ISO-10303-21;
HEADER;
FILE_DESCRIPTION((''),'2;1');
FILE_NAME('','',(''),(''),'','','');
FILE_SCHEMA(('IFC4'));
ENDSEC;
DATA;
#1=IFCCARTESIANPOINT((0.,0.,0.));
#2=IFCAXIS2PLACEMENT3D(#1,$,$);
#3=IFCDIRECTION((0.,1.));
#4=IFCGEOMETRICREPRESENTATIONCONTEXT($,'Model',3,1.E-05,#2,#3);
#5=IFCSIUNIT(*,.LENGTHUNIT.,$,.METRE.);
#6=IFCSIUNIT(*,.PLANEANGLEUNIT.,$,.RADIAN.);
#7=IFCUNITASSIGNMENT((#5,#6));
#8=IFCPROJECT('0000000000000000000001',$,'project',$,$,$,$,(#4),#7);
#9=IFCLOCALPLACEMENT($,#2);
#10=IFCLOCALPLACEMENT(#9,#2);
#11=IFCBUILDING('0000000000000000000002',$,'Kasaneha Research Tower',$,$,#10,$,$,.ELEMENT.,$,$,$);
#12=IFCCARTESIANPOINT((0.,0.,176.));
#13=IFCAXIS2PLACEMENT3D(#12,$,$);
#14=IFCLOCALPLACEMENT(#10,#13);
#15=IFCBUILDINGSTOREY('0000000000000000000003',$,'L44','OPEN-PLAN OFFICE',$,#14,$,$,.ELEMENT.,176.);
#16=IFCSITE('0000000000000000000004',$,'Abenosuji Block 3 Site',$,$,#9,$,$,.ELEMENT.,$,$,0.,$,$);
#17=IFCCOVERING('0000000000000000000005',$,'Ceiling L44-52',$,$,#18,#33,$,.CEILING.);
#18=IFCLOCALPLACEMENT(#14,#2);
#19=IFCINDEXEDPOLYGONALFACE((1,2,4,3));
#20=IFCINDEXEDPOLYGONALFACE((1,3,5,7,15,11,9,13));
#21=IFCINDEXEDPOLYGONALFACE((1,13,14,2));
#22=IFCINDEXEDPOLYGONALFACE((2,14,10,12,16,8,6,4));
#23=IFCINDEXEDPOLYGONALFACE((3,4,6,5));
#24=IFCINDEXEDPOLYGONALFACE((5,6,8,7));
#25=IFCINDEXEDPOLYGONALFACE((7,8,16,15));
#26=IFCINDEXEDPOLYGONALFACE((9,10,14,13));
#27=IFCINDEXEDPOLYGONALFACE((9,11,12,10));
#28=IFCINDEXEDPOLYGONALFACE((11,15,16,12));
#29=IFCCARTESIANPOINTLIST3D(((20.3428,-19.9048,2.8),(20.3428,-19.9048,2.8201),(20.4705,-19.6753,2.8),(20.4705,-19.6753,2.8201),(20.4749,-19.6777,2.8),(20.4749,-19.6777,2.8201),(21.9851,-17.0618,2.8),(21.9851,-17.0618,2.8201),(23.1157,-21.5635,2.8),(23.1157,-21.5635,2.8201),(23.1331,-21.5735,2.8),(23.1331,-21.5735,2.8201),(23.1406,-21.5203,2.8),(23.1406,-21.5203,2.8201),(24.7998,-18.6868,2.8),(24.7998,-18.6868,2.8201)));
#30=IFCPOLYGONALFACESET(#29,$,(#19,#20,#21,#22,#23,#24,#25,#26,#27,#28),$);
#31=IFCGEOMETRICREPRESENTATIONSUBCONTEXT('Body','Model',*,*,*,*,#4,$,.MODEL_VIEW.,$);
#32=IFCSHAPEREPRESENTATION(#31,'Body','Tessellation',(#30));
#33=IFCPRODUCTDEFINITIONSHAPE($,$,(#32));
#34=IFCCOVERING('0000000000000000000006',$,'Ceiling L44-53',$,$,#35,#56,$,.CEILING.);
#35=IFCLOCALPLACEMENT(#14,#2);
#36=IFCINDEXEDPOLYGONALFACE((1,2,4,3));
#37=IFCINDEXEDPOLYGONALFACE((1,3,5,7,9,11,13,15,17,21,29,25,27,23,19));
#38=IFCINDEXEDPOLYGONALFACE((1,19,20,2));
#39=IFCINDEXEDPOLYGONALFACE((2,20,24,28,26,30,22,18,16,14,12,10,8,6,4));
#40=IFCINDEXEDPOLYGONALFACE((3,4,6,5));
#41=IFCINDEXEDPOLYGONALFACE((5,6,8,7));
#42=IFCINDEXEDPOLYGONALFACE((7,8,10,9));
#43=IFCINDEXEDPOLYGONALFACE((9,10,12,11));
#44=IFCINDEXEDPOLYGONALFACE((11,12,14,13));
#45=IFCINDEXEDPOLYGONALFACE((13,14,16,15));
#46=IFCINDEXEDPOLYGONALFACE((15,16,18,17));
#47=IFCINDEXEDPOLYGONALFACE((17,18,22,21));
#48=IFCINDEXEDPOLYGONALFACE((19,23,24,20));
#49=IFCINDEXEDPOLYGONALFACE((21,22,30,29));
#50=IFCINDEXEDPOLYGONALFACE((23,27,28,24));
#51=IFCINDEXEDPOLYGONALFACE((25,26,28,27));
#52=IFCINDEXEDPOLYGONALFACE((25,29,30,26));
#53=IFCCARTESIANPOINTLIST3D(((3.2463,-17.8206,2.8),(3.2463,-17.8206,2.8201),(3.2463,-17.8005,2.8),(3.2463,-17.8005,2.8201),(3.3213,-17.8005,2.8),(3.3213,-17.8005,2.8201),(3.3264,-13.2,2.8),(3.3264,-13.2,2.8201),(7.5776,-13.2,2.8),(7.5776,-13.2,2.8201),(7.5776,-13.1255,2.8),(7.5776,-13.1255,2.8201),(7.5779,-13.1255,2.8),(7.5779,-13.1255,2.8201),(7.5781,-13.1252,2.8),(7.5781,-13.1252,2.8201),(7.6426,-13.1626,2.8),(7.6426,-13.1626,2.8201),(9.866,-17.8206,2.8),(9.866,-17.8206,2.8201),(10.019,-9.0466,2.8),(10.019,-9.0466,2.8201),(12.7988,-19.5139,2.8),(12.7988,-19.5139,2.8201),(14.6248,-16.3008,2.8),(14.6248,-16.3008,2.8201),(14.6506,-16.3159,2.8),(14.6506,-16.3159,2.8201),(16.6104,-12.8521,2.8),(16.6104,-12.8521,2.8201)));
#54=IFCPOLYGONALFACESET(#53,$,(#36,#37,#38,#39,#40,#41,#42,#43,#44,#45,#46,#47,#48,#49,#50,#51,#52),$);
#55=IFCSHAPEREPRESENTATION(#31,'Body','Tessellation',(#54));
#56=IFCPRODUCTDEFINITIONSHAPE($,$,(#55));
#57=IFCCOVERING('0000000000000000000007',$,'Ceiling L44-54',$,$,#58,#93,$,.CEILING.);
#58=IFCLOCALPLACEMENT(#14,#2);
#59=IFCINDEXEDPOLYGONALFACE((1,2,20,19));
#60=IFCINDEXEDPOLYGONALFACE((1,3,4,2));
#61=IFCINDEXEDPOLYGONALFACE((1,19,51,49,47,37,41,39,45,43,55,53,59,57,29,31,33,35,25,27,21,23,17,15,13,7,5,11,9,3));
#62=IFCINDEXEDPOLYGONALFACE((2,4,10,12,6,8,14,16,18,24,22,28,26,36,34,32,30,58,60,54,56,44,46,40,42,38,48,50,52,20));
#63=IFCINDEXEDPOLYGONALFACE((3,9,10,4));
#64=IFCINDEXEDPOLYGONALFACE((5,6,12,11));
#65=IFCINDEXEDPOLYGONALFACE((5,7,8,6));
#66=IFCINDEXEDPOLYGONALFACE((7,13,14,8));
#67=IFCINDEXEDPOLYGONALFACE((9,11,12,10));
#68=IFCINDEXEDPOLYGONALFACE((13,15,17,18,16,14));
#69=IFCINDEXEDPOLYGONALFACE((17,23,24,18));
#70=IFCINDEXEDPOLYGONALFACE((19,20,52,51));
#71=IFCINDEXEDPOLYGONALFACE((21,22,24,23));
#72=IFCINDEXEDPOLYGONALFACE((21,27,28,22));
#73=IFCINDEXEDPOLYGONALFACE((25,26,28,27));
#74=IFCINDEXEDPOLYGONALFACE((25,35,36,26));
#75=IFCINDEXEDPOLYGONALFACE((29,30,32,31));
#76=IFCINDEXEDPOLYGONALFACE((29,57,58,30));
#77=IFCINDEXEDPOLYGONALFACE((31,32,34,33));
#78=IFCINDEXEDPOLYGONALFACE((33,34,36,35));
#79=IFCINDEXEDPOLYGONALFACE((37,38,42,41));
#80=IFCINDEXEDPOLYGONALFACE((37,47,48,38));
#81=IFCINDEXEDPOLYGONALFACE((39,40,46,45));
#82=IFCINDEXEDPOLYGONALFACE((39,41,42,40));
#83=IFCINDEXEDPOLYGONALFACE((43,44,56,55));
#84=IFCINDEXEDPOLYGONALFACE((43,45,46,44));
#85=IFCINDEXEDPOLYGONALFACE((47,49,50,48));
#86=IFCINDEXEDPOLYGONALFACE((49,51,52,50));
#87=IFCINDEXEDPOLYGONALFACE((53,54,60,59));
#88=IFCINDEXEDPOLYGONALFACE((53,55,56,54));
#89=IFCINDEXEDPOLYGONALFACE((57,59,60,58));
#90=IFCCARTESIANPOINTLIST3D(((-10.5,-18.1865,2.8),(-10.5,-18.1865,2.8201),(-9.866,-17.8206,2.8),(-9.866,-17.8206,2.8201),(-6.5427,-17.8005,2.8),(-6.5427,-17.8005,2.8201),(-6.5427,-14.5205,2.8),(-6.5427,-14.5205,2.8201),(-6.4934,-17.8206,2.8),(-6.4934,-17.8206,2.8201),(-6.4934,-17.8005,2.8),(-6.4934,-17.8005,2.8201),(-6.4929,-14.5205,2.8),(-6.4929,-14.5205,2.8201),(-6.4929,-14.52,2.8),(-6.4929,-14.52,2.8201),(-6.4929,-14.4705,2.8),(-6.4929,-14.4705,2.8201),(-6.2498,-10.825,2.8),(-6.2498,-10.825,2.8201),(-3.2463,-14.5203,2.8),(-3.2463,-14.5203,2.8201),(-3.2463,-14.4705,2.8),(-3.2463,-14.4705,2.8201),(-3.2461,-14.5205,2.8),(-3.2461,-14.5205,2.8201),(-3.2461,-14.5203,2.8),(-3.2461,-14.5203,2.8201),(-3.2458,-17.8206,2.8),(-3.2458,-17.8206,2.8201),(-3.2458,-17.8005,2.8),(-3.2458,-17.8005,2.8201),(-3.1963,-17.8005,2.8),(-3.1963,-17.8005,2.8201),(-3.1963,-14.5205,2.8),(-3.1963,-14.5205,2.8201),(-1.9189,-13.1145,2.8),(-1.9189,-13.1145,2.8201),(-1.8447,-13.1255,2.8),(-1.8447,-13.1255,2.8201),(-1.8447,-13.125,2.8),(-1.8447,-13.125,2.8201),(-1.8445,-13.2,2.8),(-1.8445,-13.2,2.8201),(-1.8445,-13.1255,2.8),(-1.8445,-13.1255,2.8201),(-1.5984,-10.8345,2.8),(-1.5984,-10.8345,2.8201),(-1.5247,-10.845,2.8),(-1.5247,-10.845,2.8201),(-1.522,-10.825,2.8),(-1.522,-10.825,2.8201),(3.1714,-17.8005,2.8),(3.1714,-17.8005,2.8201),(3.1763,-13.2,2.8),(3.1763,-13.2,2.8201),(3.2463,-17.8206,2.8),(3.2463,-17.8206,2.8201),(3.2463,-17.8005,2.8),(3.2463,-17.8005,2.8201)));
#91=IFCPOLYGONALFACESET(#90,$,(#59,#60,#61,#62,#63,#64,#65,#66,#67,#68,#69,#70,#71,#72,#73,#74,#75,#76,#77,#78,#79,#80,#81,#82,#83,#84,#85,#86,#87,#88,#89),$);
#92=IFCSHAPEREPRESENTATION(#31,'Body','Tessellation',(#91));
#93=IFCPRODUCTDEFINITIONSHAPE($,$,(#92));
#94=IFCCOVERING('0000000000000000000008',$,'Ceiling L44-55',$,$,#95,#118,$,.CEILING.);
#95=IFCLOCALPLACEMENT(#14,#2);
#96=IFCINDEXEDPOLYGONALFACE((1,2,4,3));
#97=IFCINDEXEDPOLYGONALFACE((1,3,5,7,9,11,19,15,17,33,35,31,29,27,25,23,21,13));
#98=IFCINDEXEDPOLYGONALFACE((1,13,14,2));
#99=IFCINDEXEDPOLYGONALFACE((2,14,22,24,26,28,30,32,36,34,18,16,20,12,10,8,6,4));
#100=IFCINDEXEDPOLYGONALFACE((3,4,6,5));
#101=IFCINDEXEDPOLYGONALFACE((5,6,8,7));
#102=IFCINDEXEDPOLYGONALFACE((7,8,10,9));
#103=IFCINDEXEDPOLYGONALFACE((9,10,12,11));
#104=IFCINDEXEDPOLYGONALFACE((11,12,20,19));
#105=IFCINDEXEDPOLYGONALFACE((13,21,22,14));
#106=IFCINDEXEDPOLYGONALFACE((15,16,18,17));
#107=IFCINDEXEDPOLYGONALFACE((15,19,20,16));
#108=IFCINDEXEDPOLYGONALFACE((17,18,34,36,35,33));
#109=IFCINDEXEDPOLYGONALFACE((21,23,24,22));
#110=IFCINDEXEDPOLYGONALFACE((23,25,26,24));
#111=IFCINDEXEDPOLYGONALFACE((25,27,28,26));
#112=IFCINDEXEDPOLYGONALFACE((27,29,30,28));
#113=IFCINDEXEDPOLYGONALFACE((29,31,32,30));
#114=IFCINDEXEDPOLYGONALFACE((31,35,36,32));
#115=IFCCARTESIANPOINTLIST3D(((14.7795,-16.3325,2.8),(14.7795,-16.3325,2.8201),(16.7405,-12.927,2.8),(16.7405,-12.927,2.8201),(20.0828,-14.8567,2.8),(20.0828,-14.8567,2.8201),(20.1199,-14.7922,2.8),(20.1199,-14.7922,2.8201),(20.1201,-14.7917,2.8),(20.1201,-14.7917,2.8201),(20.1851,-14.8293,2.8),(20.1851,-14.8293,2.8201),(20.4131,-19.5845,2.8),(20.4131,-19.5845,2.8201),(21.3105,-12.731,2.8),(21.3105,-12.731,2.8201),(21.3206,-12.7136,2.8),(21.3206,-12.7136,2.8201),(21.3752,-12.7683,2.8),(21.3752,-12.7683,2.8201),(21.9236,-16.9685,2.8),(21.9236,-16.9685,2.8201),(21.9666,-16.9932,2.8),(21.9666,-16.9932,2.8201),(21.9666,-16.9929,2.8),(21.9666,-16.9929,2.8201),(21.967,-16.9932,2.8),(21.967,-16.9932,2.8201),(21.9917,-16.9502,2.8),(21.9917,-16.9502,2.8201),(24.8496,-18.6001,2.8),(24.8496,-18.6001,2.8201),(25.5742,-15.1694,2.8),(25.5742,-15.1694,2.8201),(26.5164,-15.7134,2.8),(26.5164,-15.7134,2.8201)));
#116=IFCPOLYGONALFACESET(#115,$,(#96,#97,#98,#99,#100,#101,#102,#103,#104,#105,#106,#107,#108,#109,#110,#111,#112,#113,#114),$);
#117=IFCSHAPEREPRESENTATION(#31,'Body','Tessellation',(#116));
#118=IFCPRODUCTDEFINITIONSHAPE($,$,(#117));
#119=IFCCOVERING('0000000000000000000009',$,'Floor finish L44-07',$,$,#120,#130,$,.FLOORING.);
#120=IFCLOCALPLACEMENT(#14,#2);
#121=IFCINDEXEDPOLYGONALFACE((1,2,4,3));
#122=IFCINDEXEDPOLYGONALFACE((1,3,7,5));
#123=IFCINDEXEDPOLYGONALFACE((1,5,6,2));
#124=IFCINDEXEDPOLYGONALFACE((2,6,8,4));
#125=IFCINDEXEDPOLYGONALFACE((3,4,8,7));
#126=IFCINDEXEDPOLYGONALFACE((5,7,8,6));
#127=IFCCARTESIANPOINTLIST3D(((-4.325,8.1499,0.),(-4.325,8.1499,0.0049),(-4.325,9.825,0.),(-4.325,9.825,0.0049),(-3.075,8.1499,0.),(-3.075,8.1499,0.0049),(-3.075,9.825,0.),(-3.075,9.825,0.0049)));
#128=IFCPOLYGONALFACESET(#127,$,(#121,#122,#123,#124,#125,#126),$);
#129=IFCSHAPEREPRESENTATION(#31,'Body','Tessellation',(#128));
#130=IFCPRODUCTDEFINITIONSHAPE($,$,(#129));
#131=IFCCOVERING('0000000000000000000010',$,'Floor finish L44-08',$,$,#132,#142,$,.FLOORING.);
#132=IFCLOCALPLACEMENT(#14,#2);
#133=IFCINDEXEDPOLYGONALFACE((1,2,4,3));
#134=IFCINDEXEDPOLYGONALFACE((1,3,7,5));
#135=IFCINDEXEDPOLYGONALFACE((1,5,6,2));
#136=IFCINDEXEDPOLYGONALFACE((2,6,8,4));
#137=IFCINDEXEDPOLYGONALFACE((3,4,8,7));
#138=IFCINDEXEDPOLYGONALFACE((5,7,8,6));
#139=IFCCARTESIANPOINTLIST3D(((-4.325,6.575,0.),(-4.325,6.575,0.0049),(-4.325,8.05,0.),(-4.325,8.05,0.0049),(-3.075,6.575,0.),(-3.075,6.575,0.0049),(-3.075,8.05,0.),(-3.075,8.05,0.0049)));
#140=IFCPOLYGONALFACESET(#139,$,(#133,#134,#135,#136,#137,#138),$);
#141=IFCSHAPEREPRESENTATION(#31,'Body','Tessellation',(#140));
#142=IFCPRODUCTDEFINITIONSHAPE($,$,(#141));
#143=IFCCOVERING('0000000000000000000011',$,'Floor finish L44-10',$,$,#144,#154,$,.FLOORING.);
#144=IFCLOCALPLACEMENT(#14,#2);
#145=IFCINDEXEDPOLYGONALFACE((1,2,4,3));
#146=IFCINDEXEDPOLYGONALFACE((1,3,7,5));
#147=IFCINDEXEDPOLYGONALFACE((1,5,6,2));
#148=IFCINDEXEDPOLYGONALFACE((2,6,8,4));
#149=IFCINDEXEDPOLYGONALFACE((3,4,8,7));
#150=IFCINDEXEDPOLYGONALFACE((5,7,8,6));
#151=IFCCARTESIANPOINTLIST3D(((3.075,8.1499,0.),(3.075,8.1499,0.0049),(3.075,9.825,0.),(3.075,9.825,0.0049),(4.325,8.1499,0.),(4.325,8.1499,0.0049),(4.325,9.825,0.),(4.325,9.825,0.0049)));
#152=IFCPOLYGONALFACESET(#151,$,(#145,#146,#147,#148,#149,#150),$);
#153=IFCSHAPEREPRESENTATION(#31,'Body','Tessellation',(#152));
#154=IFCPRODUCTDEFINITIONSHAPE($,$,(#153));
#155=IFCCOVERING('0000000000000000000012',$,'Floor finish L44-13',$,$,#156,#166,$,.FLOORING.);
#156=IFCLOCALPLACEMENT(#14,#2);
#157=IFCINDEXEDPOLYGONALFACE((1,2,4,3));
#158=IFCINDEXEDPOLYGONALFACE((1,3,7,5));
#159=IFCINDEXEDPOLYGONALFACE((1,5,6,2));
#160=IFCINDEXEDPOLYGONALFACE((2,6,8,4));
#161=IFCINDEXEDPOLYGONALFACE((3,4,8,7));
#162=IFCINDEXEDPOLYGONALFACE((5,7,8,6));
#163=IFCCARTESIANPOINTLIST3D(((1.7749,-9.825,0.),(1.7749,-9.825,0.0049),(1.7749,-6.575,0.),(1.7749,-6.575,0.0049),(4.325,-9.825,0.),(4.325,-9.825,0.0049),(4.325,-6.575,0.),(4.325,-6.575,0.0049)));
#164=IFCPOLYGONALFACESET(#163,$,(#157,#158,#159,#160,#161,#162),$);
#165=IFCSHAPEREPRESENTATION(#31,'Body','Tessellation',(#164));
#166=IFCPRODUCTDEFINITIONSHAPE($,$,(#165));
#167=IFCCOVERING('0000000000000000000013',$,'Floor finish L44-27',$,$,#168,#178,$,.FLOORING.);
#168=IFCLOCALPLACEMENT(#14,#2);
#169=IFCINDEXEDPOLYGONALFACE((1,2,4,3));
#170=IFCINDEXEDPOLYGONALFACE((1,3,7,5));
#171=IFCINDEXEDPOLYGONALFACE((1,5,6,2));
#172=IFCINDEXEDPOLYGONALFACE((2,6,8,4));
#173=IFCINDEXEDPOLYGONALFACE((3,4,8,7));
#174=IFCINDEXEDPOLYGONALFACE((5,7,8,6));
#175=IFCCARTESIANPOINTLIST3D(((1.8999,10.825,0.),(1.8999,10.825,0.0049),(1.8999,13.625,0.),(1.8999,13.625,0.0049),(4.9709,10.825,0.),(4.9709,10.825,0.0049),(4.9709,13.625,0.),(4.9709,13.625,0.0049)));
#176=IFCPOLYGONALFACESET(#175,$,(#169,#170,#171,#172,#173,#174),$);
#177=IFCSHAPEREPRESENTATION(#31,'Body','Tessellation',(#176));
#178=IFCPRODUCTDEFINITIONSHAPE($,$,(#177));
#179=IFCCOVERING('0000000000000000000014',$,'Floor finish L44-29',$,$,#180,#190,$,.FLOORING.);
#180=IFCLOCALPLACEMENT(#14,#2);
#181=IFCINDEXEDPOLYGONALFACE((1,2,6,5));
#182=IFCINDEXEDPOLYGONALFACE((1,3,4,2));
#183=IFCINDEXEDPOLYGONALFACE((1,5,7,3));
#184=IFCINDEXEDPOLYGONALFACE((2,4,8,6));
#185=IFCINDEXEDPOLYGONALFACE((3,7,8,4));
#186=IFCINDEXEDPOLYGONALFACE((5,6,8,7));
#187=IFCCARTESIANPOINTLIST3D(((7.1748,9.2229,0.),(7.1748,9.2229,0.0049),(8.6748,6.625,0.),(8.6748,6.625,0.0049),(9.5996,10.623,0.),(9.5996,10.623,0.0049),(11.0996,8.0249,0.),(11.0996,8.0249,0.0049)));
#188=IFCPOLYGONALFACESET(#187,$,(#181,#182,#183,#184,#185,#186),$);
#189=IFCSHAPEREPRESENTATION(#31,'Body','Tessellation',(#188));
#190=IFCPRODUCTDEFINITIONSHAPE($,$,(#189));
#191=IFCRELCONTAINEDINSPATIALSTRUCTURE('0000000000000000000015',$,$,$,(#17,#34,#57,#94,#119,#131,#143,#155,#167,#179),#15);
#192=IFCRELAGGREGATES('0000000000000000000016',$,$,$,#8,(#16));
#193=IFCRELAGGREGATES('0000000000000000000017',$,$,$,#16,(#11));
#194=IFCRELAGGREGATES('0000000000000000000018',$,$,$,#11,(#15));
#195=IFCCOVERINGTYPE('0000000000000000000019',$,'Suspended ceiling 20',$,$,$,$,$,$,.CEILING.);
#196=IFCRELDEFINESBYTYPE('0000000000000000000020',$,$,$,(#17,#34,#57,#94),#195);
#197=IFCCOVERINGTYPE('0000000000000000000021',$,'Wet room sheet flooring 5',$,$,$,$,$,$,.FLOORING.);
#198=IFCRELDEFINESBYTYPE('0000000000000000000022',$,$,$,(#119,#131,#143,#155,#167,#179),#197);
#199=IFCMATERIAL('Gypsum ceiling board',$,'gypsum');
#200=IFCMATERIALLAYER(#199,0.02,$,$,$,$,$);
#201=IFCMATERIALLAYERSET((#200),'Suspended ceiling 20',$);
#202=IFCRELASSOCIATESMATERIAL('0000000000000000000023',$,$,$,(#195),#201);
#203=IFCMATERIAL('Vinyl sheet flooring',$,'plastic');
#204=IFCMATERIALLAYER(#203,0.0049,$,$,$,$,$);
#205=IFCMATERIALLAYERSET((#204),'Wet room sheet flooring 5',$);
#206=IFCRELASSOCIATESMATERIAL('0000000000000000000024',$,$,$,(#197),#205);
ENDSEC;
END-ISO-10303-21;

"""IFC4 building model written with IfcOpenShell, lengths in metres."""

from ifc_helpers import new_model, si_unit, direction, frame, origin, place, context, subcontext, project, spatial, polyline, outline, extrude, material, layer, layer_set, type_object, element, save


model = new_model("IFC4")

# Units and contexts
model_context = context("Model", 3, precision=1e-05, world=origin(), true_north=direction((0.0, 1.0)))
body_context = subcontext(model_context, "Body", "Model", "MODEL_VIEW")
ifc_project = project(units=[si_unit("LENGTHUNIT", "METRE"), si_unit("PLANEANGLEUNIT", "RADIAN")], contexts=[model_context])

# Site, building, storey
site_placement = place(None, origin())
site = spatial("IfcSite", under=ifc_project, at=site_placement, Name="Abenosuji Block 3 Site", CompositionType="ELEMENT", RefElevation=0.0)
building_placement = place(site_placement, origin())
building = spatial("IfcBuilding", under=site, at=building_placement, Name="Kasaneha Research Tower", CompositionType="ELEMENT")
storey_placement = place(building_placement, frame((0.0, 0.0, 176.0)))
storey = spatial("IfcBuildingStorey", under=building, at=storey_placement, Name="L44", Description="OPEN-PLAN OFFICE", CompositionType="ELEMENT", Elevation=176.0)

# Coverings
ifc_material_1 = material(Name="Gypsum ceiling board", Category="gypsum")
ifc_layer_1 = layer(ifc_material_1, 0.02)
ifc_layer_set_1 = layer_set([ifc_layer_1], Name="Suspended ceiling 20")
covering_type_1 = type_object("IfcCoveringType", Name="Suspended ceiling 20", PredefinedType="CEILING", material=ifc_layer_set_1)
covering_1_placement = place(storey_placement, frame((0.0, 0.0, 2.8)))
element("IfcCovering", 1, at=covering_1_placement, inside=storey, type_object=covering_type_1, Name="Ceiling L44-52", PredefinedType="CEILING", context=body_context, shape_type="SweptSolid", body=[
    extrude(outline(polyline([(23.1331, -21.5735), (23.1157, -21.5635), (23.1406, -21.5203), (20.3428, -19.9048), (20.4705, -19.6753), (20.4749, -19.6777), (21.9851, -17.0618), (24.7998, -18.6868), (23.1331, -21.5735)])), origin(), (0.0, 0.0, 1.0), 0.02),
])
covering_2_placement = place(storey_placement, frame((0.0, 0.0, 2.8)))
element("IfcCovering", 2, at=covering_2_placement, inside=storey, type_object=covering_type_1, Name="Ceiling L44-53", PredefinedType="CEILING", context=body_context, shape_type="SweptSolid", body=[
    extrude(outline(polyline([(7.5781, -13.1252), (7.6426, -13.1626), (10.019, -9.0466), (16.6104, -12.8521), (14.6248, -16.3008), (14.6506, -16.3159), (12.7988, -19.5139), (9.866, -17.8206), (3.2463, -17.8206), (3.2463, -17.8005), (3.3213, -17.8005), (3.3264, -13.2), (7.5776, -13.2), (7.5776, -13.1255), (7.5779, -13.1255), (7.5781, -13.1252)])), origin(), (0.0, 0.0, 1.0), 0.02),
])
covering_3_placement = place(storey_placement, frame((0.0, 0.0, 2.8)))
element("IfcCovering", 3, at=covering_3_placement, inside=storey, type_object=covering_type_1, Name="Ceiling L44-54", PredefinedType="CEILING", context=body_context, shape_type="SweptSolid", body=[
    extrude(outline(polyline([(-3.2463, -14.5203), (-3.2463, -14.4705), (-6.4929, -14.4705), (-6.4929, -14.52), (-6.4929, -14.52), (-6.4929, -14.5205), (-6.5427, -14.5205), (-6.5427, -17.8005), (-6.4934, -17.8005), (-6.4934, -17.8206), (-9.866, -17.8206), (-10.5, -18.1865), (-6.2498, -10.825), (-1.522, -10.825), (-1.5247, -10.845), (-1.5984, -10.8345), (-1.9189, -13.1145), (-1.8447, -13.125), (-1.8447, -13.1255), (-1.8445, -13.1255), (-1.8445, -13.2), (3.1763, -13.2), (3.1714, -17.8005), (3.2463, -17.8005), (3.2463, -17.8206), (-3.2458, -17.8206), (-3.2458, -17.8005), (-3.1963, -17.8005), (-3.1963, -14.5205), (-3.2461, -14.5205), (-3.2461, -14.5203), (-3.2463, -14.5203)])), origin(), (0.0, 0.0, 1.0), 0.02),
])
covering_4_placement = place(storey_placement, frame((0.0, 0.0, 2.8)))
element("IfcCovering", 4, at=covering_4_placement, inside=storey, type_object=covering_type_1, Name="Ceiling L44-55", PredefinedType="CEILING", context=body_context, shape_type="SweptSolid", body=[
    extrude(outline(polyline([(25.5742, -15.1694), (26.5164, -15.7134), (24.8496, -18.6001), (21.9917, -16.9502), (21.967, -16.9932), (21.9666, -16.9929), (21.9666, -16.9932), (21.9236, -16.9685), (20.4131, -19.5845), (14.7795, -16.3325), (16.7405, -12.927), (20.0828, -14.8567), (20.1199, -14.7922), (20.1199, -14.7922), (20.1201, -14.7917), (20.1851, -14.8293), (21.3752, -12.7683), (21.3105, -12.731), (21.3206, -12.7136), (25.5742, -15.1694)])), origin(), (0.0, 0.0, 1.0), 0.02),
])
ifc_material_2 = material(Name="Vinyl sheet flooring", Category="plastic")
ifc_layer_2 = layer(ifc_material_2, 0.0049)
ifc_layer_set_2 = layer_set([ifc_layer_2], Name="Wet room sheet flooring 5")
covering_type_2 = type_object("IfcCoveringType", Name="Wet room sheet flooring 5", PredefinedType="FLOORING", material=ifc_layer_set_2)
covering_5_placement = place(storey_placement, origin())
element("IfcCovering", 5, at=covering_5_placement, inside=storey, type_object=covering_type_2, Name="Floor finish L44-07", PredefinedType="FLOORING", context=body_context, shape_type="SweptSolid", body=[
    extrude(outline(polyline([(-4.325, 8.1499), (-4.325, 9.825), (-3.075, 9.825), (-3.075, 8.1499), (-4.325, 8.1499)])), origin(), (0.0, 0.0, 1.0), 0.0049),
])
covering_6_placement = place(storey_placement, origin())
element("IfcCovering", 6, at=covering_6_placement, inside=storey, type_object=covering_type_2, Name="Floor finish L44-08", PredefinedType="FLOORING", context=body_context, shape_type="SweptSolid", body=[
    extrude(outline(polyline([(-4.325, 6.575), (-4.325, 8.05), (-3.075, 8.05), (-3.075, 6.575), (-4.325, 6.575)])), origin(), (0.0, 0.0, 1.0), 0.0049),
])
covering_7_placement = place(storey_placement, origin())
element("IfcCovering", 7, at=covering_7_placement, inside=storey, type_object=covering_type_2, Name="Floor finish L44-10", PredefinedType="FLOORING", context=body_context, shape_type="SweptSolid", body=[
    extrude(outline(polyline([(4.325, 8.1499), (3.075, 8.1499), (3.075, 9.825), (4.325, 9.825), (4.325, 8.1499)])), origin(), (0.0, 0.0, 1.0), 0.0049),
])
covering_8_placement = place(storey_placement, origin())
element("IfcCovering", 8, at=covering_8_placement, inside=storey, type_object=covering_type_2, Name="Floor finish L44-13", PredefinedType="FLOORING", context=body_context, shape_type="SweptSolid", body=[
    extrude(outline(polyline([(1.7749, -9.825), (1.7749, -6.575), (4.325, -6.575), (4.325, -9.825), (1.7749, -9.825)])), origin(), (0.0, 0.0, 1.0), 0.0049),
])
covering_9_placement = place(storey_placement, origin())
element("IfcCovering", 9, at=covering_9_placement, inside=storey, type_object=covering_type_2, Name="Floor finish L44-27", PredefinedType="FLOORING", context=body_context, shape_type="SweptSolid", body=[
    extrude(outline(polyline([(4.9709, 13.625), (4.9709, 10.825), (1.8999, 10.825), (1.8999, 13.625), (4.9709, 13.625)])), origin(), (0.0, 0.0, 1.0), 0.0049),
])
covering_10_placement = place(storey_placement, origin())
element("IfcCovering", 10, at=covering_10_placement, inside=storey, type_object=covering_type_2, Name="Floor finish L44-29", PredefinedType="FLOORING", context=body_context, shape_type="SweptSolid", body=[
    extrude(outline(polyline([(11.0996, 8.0249), (8.6748, 6.625), (7.1748, 9.2229), (9.5996, 10.623), (11.0996, 8.0249)])), origin(), (0.0, 0.0, 1.0), 0.0049),
])

save(model, "model.ifc")
